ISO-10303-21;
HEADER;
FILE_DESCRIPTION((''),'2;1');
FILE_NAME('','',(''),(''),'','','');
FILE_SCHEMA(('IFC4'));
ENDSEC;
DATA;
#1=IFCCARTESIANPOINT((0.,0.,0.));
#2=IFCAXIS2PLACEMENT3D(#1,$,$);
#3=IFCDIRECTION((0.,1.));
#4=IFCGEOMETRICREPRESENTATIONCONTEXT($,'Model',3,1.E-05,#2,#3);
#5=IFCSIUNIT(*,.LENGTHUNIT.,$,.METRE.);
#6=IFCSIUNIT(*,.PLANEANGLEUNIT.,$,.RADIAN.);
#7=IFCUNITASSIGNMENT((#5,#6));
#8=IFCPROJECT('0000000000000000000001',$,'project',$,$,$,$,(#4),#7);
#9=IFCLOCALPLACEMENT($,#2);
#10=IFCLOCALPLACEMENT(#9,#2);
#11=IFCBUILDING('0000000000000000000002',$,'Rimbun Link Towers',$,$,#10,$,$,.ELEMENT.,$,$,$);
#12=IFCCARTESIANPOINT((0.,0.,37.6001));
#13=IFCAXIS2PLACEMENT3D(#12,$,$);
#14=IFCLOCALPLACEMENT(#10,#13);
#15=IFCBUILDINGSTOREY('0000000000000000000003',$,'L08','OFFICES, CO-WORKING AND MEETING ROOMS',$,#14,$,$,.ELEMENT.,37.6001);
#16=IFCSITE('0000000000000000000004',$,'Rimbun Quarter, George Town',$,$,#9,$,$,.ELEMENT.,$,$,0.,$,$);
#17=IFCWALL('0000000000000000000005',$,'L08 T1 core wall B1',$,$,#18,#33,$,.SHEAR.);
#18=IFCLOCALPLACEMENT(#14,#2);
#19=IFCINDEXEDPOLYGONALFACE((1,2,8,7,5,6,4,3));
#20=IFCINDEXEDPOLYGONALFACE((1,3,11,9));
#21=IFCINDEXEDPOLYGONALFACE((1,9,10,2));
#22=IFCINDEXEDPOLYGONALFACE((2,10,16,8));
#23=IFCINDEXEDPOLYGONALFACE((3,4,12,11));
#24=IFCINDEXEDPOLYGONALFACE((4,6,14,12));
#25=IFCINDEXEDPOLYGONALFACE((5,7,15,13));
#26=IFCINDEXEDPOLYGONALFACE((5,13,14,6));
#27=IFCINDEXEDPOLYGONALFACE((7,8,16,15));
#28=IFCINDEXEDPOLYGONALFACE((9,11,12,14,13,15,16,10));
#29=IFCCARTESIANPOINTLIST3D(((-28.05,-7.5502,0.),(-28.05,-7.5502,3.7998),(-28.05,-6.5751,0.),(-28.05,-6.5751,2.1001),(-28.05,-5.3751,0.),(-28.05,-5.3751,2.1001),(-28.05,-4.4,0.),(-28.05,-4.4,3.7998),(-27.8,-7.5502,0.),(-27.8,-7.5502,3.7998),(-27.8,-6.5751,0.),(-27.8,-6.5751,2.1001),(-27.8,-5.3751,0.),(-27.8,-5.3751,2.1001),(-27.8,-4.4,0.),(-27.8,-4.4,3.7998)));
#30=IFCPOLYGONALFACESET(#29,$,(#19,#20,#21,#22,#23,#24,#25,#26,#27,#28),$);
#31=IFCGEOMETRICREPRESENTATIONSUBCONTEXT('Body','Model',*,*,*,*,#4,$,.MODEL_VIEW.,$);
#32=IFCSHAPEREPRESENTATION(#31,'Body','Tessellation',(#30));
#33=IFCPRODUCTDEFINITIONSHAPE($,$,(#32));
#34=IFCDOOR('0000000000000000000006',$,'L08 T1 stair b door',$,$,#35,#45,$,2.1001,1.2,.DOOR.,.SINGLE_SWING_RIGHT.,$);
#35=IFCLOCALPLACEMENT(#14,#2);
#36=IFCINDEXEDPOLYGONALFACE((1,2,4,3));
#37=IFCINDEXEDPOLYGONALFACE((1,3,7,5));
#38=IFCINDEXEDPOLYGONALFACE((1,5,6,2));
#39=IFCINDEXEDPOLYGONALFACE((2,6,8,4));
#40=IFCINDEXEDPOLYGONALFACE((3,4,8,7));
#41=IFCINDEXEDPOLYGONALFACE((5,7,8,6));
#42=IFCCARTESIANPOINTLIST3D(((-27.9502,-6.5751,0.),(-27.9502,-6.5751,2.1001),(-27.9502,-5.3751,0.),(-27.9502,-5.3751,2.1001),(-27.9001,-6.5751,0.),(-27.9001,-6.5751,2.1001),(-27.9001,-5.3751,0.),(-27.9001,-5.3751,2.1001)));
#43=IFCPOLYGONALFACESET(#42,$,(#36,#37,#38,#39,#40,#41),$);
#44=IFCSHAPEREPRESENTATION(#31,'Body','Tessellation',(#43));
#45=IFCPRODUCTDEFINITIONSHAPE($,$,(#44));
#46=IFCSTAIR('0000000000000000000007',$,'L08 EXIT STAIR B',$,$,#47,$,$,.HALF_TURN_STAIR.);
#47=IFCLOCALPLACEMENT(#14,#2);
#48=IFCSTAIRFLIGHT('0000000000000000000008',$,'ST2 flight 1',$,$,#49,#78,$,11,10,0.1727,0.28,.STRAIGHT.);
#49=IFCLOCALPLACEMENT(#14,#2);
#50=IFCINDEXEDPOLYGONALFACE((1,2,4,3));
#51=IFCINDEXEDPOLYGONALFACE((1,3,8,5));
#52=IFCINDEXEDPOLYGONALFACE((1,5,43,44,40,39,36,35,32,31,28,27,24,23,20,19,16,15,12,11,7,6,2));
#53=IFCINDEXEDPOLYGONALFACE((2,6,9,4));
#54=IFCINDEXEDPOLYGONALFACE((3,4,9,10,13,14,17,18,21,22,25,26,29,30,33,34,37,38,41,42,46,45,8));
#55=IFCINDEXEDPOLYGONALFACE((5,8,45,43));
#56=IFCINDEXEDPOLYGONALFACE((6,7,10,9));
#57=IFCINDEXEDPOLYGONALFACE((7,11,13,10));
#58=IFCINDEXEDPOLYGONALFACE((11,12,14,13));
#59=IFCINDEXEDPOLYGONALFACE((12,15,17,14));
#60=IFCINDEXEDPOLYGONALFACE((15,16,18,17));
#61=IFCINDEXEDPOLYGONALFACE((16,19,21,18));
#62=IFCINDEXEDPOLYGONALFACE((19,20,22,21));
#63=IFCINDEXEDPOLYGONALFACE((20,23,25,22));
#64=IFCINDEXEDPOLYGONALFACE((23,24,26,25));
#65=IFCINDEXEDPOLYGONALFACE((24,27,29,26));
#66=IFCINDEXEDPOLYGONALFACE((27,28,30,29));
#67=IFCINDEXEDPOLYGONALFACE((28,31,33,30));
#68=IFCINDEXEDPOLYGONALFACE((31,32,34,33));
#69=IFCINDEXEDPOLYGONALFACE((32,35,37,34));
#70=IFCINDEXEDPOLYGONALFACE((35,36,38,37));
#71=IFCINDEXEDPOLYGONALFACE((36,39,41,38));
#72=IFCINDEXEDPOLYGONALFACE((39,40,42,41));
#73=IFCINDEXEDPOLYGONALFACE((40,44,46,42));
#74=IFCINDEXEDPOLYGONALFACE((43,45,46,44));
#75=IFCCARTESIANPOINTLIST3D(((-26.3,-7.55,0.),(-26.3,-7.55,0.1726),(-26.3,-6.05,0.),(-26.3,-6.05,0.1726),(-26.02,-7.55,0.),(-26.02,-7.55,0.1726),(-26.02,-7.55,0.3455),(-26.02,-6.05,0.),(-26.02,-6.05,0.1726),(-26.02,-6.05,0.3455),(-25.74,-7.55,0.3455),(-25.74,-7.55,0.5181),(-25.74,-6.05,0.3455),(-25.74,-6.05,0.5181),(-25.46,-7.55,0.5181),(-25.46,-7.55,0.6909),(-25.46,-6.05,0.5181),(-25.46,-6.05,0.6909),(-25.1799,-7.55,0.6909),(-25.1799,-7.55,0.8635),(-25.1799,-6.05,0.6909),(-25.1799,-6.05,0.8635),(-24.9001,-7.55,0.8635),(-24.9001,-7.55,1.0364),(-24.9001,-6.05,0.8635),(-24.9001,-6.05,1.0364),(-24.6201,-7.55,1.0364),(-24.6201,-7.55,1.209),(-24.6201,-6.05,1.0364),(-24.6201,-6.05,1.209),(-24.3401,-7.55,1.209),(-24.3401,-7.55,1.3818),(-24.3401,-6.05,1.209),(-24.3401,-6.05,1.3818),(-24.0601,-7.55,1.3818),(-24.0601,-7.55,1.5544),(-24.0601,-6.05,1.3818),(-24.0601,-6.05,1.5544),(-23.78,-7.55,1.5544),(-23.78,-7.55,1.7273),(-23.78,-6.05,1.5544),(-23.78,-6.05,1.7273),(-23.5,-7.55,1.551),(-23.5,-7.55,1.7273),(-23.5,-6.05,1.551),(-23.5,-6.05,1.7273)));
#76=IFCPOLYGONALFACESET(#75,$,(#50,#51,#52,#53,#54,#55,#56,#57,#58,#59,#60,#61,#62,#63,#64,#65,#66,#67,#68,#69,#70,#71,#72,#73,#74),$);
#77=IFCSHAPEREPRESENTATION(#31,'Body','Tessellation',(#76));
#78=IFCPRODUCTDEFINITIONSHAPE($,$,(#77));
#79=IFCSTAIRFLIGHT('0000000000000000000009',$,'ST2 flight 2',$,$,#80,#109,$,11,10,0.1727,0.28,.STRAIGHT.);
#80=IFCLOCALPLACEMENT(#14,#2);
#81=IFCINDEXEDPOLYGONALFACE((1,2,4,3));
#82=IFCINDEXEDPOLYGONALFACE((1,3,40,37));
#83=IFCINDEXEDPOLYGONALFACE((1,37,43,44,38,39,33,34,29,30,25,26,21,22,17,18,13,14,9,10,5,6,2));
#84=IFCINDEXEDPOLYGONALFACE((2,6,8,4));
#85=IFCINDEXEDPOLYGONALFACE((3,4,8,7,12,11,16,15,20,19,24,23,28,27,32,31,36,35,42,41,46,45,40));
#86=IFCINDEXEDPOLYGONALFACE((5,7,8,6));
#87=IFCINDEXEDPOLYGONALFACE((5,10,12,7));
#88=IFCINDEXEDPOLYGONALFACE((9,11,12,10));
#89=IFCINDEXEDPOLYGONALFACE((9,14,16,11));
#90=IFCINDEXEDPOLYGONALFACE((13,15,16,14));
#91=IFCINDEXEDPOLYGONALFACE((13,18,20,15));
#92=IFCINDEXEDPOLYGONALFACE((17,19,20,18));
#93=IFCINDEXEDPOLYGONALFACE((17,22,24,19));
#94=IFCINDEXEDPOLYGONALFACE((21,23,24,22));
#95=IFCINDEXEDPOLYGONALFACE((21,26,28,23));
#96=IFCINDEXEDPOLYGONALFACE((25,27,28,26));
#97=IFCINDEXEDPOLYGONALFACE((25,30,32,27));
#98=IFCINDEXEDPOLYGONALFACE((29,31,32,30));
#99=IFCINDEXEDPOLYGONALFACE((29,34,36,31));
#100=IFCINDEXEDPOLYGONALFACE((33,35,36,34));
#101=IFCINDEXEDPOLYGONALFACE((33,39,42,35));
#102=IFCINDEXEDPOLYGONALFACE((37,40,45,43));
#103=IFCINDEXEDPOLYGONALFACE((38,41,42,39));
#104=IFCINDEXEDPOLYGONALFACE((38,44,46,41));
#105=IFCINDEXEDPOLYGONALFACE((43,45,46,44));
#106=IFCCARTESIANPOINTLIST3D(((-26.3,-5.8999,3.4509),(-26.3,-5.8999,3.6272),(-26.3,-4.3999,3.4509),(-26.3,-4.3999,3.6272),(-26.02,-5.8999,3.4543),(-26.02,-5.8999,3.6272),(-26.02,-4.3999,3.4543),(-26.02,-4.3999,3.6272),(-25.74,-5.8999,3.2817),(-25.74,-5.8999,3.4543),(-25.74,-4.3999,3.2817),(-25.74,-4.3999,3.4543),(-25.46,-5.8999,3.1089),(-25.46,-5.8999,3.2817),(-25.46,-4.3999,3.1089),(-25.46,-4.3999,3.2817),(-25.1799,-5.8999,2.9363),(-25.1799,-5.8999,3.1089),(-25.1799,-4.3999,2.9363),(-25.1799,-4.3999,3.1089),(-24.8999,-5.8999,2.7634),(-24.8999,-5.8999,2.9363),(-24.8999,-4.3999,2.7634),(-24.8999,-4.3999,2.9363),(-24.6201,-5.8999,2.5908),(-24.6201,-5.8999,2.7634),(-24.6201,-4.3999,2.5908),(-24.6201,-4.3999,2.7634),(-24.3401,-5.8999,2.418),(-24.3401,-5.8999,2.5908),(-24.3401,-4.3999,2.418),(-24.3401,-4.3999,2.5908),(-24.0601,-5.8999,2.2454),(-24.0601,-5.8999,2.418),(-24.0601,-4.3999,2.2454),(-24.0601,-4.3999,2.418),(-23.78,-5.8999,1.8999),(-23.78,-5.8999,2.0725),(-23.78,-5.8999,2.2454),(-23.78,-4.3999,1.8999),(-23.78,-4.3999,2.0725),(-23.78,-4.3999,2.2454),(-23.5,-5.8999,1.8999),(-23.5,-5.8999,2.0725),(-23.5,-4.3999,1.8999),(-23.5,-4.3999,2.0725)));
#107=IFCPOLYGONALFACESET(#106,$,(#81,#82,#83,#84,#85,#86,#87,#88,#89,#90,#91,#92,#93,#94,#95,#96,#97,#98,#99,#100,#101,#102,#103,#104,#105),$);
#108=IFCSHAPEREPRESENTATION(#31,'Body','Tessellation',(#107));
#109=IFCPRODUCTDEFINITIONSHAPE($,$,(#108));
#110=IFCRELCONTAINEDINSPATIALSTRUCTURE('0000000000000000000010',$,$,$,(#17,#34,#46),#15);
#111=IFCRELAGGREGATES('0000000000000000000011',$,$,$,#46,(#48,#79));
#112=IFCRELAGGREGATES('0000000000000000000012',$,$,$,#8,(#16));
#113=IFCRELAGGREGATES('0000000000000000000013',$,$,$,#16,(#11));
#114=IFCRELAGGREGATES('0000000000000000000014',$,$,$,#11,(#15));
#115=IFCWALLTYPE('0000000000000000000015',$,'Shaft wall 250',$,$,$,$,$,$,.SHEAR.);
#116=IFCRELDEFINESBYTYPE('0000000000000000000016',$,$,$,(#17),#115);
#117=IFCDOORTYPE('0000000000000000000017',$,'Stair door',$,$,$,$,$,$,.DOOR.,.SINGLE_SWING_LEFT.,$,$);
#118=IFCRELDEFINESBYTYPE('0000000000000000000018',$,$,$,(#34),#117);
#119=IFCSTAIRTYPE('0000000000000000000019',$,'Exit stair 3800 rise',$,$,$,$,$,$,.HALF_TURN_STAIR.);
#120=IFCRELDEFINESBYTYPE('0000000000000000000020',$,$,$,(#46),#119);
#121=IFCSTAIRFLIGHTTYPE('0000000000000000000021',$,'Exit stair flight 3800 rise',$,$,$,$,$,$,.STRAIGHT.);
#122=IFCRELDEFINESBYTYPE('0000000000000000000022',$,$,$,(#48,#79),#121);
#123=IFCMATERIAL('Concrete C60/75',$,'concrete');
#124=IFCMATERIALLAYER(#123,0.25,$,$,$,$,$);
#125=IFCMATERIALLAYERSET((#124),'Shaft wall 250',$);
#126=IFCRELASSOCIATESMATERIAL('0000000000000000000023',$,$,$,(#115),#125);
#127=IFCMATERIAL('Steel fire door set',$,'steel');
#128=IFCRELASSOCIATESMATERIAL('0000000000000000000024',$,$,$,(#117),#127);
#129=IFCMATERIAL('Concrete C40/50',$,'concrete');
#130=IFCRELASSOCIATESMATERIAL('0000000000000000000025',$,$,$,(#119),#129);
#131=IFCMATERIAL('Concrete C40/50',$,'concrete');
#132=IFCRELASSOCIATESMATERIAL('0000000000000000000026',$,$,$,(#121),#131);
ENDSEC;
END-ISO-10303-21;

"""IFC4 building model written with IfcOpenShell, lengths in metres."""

from ifc_helpers import new_model, si_unit, direction, frame, frame_2d, origin, place, context, subcontext, project, spatial, polyline, rectangle, outline, extrude, material, layer, layer_set, type_object, element, fill, aggregate, save


model = new_model("IFC4")

# Units and contexts
model_context = context("Model", 3, precision=1e-05, world=origin(), true_north=direction((0.0, 1.0)))
body_context = subcontext(model_context, "Body", "Model", "MODEL_VIEW")
ifc_project = project(units=[si_unit("LENGTHUNIT", "METRE"), si_unit("PLANEANGLEUNIT", "RADIAN")], contexts=[model_context])

# Site, building, storey
site_placement = place(None, origin())
site = spatial("IfcSite", under=ifc_project, at=site_placement, Name="Rimbun Quarter, George Town", CompositionType="ELEMENT", RefElevation=0.0)
building_placement = place(site_placement, origin())
building = spatial("IfcBuilding", under=site, at=building_placement, Name="Rimbun Link Towers", CompositionType="ELEMENT")
storey_placement = place(building_placement, frame((0.0, 0.0, 37.6001)))
storey = spatial("IfcBuildingStorey", under=building, at=storey_placement, Name="L08", Description="OFFICES, CO-WORKING AND MEETING ROOMS", CompositionType="ELEMENT", Elevation=37.6001)

# Shared definitions
ifc_material_1 = material(Name="Concrete C60/75", Category="concrete")
ifc_layer_1 = layer(ifc_material_1, 0.25)
ifc_layer_set_1 = layer_set([ifc_layer_1], Name="Shaft wall 250")
wall_type_1 = type_object("IfcWallType", Name="Shaft wall 250", PredefinedType="SHEAR", material=ifc_layer_set_1)

# Wall, opening, door
wall_1_placement = place(storey_placement, frame((-27.925, -4.3999, 0.0), z_axis=(0.0, 0.0, 1.0), x_axis=(0.0, -1.0, 0.0)))
wall_1 = element("IfcWall", 1, at=wall_1_placement, inside=storey, type_object=wall_type_1, Name="L08 T1 core wall B1", PredefinedType="SHEAR", context=body_context, shape_type="SweptSolid", body=[
    extrude(rectangle(XDim=3.1501, YDim=0.25, at=frame_2d((1.5752, 0.0))), origin(), (0.0, 0.0, 1.0), 3.7998),
])
opening_1_placement = place(wall_1_placement, frame((0.9751, 0.0, 0.0)))
opening_1 = element("IfcOpeningElement", 2, at=opening_1_placement, cuts=wall_1, PredefinedType="OPENING", context=body_context, shape_type="SweptSolid", body=[
    extrude(rectangle(XDim=1.2, YDim=2.1001, at=frame_2d((0.6001, 1.05))), frame((0.0, 0.135, 0.0), z_axis=(0.0, -1.0, 0.0), x_axis=(1.0, 0.0, 0.0)), (0.0, 0.0, 1.0), 0.27),
])
ifc_material_2 = material(Name="Steel fire door set", Category="steel")
door_type_1 = type_object("IfcDoorType", Name="Stair door", OperationType="SINGLE_SWING_LEFT", PredefinedType="DOOR", material=ifc_material_2)
door_1_placement = place(opening_1_placement, origin())
door_1 = element("IfcDoor", 3, at=door_1_placement, inside=storey, type_object=door_type_1, Name="L08 T1 stair b door", OperationType="SINGLE_SWING_RIGHT", OverallHeight=2.1001, OverallWidth=1.2, PredefinedType="DOOR", context=body_context, shape_type="SweptSolid", body=[
    extrude(rectangle(XDim=1.2, YDim=2.1001, at=frame_2d((0.6001, 1.05))), frame((0.0, 0.0249, 0.0), z_axis=(0.0, -1.0, 0.0), x_axis=(1.0, 0.0, 0.0)), (0.0, 0.0, 1.0), 0.05),
])
fill(opening_1, door_1)

# Stair, stair flights
ifc_material_3 = material(Name="Concrete C40/50", Category="concrete")
stair_type = type_object("IfcStairType", Name="Exit stair 3800 rise", PredefinedType="HALF_TURN_STAIR", material=ifc_material_3)
stair_placement = place(storey_placement, origin())
stair = element("IfcStair", 4, at=stair_placement, inside=storey, type_object=stair_type, Name="L08 EXIT STAIR B", PredefinedType="HALF_TURN_STAIR")
ifc_material_4 = material(Name="Concrete C40/50", Category="concrete")
stair_flight_type = type_object("IfcStairFlightType", Name="Exit stair flight 3800 rise", PredefinedType="STRAIGHT", material=ifc_material_4)
stair_flight_1_placement = place(storey_placement, frame((-26.3, -6.8, 0.0), z_axis=(0.0, 0.0, 1.0), x_axis=(1.0, 0.0, 0.0)))
stair_flight_1 = element("IfcStairFlight", 5, at=stair_flight_1_placement, type_object=stair_flight_type, Name="ST2 flight 1", NumberOfRisers=11, NumberOfTreads=10, PredefinedType="STRAIGHT", RiserHeight=0.1727, TreadLength=0.28, context=body_context, shape_type="SweptSolid", body=[
    extrude(outline(polyline([(0.0, 0.0), (0.0, 0.1726), (0.28, 0.1726), (0.28, 0.3455), (0.5601, 0.3455), (0.5601, 0.5181), (0.8401, 0.5181), (0.8401, 0.6909), (1.1201, 0.6909), (1.1201, 0.8635), (1.3999, 0.8635), (1.3999, 1.0364), (1.6799, 1.0364), (1.6799, 1.209), (1.96, 1.209), (1.96, 1.3818), (2.24, 1.3818), (2.24, 1.5544), (2.52, 1.5544), (2.52, 1.7273), (2.8, 1.7273), (2.8, 1.8999), (2.8, 1.551), (0.28, 0.0), (0.0, 0.0)])), frame((0.0, 0.75, 0.0), z_axis=(0.0, -1.0, 0.0), x_axis=(1.0, 0.0, 0.0)), (0.0, 0.0, 1.0), 1.5),
])
stair_flight_2_placement = place(storey_placement, frame((-23.5, -5.1499, 1.8999), z_axis=(0.0, 0.0, 1.0), x_axis=(-1.0, 0.0, 0.0)))
stair_flight_2 = element("IfcStairFlight", 6, at=stair_flight_2_placement, type_object=stair_flight_type, Name="ST2 flight 2", NumberOfRisers=11, NumberOfTreads=10, PredefinedType="STRAIGHT", RiserHeight=0.1727, TreadLength=0.28, context=body_context, shape_type="SweptSolid", body=[
    extrude(outline(polyline([(0.0, 0.0), (0.0, 0.1726), (0.28, 0.1726), (0.28, 0.3455), (0.5601, 0.3455), (0.5601, 0.5181), (0.8401, 0.5181), (0.8401, 0.6909), (1.1201, 0.6909), (1.1201, 0.8635), (1.3999, 0.8635), (1.3999, 1.0364), (1.6799, 1.0364), (1.6799, 1.209), (1.96, 1.209), (1.96, 1.3818), (2.24, 1.3818), (2.24, 1.5544), (2.52, 1.5544), (2.52, 1.7273), (2.8, 1.7273), (2.8, 1.8999), (2.8, 1.551), (0.28, 0.0), (0.0, 0.0)])), frame((0.0, 0.75, 0.0), z_axis=(0.0, -1.0, 0.0), x_axis=(1.0, 0.0, 0.0)), (0.0, 0.0, 1.0), 1.5),
])
aggregate(stair, [stair_flight_1, stair_flight_2])

save(model, "model.ifc")
